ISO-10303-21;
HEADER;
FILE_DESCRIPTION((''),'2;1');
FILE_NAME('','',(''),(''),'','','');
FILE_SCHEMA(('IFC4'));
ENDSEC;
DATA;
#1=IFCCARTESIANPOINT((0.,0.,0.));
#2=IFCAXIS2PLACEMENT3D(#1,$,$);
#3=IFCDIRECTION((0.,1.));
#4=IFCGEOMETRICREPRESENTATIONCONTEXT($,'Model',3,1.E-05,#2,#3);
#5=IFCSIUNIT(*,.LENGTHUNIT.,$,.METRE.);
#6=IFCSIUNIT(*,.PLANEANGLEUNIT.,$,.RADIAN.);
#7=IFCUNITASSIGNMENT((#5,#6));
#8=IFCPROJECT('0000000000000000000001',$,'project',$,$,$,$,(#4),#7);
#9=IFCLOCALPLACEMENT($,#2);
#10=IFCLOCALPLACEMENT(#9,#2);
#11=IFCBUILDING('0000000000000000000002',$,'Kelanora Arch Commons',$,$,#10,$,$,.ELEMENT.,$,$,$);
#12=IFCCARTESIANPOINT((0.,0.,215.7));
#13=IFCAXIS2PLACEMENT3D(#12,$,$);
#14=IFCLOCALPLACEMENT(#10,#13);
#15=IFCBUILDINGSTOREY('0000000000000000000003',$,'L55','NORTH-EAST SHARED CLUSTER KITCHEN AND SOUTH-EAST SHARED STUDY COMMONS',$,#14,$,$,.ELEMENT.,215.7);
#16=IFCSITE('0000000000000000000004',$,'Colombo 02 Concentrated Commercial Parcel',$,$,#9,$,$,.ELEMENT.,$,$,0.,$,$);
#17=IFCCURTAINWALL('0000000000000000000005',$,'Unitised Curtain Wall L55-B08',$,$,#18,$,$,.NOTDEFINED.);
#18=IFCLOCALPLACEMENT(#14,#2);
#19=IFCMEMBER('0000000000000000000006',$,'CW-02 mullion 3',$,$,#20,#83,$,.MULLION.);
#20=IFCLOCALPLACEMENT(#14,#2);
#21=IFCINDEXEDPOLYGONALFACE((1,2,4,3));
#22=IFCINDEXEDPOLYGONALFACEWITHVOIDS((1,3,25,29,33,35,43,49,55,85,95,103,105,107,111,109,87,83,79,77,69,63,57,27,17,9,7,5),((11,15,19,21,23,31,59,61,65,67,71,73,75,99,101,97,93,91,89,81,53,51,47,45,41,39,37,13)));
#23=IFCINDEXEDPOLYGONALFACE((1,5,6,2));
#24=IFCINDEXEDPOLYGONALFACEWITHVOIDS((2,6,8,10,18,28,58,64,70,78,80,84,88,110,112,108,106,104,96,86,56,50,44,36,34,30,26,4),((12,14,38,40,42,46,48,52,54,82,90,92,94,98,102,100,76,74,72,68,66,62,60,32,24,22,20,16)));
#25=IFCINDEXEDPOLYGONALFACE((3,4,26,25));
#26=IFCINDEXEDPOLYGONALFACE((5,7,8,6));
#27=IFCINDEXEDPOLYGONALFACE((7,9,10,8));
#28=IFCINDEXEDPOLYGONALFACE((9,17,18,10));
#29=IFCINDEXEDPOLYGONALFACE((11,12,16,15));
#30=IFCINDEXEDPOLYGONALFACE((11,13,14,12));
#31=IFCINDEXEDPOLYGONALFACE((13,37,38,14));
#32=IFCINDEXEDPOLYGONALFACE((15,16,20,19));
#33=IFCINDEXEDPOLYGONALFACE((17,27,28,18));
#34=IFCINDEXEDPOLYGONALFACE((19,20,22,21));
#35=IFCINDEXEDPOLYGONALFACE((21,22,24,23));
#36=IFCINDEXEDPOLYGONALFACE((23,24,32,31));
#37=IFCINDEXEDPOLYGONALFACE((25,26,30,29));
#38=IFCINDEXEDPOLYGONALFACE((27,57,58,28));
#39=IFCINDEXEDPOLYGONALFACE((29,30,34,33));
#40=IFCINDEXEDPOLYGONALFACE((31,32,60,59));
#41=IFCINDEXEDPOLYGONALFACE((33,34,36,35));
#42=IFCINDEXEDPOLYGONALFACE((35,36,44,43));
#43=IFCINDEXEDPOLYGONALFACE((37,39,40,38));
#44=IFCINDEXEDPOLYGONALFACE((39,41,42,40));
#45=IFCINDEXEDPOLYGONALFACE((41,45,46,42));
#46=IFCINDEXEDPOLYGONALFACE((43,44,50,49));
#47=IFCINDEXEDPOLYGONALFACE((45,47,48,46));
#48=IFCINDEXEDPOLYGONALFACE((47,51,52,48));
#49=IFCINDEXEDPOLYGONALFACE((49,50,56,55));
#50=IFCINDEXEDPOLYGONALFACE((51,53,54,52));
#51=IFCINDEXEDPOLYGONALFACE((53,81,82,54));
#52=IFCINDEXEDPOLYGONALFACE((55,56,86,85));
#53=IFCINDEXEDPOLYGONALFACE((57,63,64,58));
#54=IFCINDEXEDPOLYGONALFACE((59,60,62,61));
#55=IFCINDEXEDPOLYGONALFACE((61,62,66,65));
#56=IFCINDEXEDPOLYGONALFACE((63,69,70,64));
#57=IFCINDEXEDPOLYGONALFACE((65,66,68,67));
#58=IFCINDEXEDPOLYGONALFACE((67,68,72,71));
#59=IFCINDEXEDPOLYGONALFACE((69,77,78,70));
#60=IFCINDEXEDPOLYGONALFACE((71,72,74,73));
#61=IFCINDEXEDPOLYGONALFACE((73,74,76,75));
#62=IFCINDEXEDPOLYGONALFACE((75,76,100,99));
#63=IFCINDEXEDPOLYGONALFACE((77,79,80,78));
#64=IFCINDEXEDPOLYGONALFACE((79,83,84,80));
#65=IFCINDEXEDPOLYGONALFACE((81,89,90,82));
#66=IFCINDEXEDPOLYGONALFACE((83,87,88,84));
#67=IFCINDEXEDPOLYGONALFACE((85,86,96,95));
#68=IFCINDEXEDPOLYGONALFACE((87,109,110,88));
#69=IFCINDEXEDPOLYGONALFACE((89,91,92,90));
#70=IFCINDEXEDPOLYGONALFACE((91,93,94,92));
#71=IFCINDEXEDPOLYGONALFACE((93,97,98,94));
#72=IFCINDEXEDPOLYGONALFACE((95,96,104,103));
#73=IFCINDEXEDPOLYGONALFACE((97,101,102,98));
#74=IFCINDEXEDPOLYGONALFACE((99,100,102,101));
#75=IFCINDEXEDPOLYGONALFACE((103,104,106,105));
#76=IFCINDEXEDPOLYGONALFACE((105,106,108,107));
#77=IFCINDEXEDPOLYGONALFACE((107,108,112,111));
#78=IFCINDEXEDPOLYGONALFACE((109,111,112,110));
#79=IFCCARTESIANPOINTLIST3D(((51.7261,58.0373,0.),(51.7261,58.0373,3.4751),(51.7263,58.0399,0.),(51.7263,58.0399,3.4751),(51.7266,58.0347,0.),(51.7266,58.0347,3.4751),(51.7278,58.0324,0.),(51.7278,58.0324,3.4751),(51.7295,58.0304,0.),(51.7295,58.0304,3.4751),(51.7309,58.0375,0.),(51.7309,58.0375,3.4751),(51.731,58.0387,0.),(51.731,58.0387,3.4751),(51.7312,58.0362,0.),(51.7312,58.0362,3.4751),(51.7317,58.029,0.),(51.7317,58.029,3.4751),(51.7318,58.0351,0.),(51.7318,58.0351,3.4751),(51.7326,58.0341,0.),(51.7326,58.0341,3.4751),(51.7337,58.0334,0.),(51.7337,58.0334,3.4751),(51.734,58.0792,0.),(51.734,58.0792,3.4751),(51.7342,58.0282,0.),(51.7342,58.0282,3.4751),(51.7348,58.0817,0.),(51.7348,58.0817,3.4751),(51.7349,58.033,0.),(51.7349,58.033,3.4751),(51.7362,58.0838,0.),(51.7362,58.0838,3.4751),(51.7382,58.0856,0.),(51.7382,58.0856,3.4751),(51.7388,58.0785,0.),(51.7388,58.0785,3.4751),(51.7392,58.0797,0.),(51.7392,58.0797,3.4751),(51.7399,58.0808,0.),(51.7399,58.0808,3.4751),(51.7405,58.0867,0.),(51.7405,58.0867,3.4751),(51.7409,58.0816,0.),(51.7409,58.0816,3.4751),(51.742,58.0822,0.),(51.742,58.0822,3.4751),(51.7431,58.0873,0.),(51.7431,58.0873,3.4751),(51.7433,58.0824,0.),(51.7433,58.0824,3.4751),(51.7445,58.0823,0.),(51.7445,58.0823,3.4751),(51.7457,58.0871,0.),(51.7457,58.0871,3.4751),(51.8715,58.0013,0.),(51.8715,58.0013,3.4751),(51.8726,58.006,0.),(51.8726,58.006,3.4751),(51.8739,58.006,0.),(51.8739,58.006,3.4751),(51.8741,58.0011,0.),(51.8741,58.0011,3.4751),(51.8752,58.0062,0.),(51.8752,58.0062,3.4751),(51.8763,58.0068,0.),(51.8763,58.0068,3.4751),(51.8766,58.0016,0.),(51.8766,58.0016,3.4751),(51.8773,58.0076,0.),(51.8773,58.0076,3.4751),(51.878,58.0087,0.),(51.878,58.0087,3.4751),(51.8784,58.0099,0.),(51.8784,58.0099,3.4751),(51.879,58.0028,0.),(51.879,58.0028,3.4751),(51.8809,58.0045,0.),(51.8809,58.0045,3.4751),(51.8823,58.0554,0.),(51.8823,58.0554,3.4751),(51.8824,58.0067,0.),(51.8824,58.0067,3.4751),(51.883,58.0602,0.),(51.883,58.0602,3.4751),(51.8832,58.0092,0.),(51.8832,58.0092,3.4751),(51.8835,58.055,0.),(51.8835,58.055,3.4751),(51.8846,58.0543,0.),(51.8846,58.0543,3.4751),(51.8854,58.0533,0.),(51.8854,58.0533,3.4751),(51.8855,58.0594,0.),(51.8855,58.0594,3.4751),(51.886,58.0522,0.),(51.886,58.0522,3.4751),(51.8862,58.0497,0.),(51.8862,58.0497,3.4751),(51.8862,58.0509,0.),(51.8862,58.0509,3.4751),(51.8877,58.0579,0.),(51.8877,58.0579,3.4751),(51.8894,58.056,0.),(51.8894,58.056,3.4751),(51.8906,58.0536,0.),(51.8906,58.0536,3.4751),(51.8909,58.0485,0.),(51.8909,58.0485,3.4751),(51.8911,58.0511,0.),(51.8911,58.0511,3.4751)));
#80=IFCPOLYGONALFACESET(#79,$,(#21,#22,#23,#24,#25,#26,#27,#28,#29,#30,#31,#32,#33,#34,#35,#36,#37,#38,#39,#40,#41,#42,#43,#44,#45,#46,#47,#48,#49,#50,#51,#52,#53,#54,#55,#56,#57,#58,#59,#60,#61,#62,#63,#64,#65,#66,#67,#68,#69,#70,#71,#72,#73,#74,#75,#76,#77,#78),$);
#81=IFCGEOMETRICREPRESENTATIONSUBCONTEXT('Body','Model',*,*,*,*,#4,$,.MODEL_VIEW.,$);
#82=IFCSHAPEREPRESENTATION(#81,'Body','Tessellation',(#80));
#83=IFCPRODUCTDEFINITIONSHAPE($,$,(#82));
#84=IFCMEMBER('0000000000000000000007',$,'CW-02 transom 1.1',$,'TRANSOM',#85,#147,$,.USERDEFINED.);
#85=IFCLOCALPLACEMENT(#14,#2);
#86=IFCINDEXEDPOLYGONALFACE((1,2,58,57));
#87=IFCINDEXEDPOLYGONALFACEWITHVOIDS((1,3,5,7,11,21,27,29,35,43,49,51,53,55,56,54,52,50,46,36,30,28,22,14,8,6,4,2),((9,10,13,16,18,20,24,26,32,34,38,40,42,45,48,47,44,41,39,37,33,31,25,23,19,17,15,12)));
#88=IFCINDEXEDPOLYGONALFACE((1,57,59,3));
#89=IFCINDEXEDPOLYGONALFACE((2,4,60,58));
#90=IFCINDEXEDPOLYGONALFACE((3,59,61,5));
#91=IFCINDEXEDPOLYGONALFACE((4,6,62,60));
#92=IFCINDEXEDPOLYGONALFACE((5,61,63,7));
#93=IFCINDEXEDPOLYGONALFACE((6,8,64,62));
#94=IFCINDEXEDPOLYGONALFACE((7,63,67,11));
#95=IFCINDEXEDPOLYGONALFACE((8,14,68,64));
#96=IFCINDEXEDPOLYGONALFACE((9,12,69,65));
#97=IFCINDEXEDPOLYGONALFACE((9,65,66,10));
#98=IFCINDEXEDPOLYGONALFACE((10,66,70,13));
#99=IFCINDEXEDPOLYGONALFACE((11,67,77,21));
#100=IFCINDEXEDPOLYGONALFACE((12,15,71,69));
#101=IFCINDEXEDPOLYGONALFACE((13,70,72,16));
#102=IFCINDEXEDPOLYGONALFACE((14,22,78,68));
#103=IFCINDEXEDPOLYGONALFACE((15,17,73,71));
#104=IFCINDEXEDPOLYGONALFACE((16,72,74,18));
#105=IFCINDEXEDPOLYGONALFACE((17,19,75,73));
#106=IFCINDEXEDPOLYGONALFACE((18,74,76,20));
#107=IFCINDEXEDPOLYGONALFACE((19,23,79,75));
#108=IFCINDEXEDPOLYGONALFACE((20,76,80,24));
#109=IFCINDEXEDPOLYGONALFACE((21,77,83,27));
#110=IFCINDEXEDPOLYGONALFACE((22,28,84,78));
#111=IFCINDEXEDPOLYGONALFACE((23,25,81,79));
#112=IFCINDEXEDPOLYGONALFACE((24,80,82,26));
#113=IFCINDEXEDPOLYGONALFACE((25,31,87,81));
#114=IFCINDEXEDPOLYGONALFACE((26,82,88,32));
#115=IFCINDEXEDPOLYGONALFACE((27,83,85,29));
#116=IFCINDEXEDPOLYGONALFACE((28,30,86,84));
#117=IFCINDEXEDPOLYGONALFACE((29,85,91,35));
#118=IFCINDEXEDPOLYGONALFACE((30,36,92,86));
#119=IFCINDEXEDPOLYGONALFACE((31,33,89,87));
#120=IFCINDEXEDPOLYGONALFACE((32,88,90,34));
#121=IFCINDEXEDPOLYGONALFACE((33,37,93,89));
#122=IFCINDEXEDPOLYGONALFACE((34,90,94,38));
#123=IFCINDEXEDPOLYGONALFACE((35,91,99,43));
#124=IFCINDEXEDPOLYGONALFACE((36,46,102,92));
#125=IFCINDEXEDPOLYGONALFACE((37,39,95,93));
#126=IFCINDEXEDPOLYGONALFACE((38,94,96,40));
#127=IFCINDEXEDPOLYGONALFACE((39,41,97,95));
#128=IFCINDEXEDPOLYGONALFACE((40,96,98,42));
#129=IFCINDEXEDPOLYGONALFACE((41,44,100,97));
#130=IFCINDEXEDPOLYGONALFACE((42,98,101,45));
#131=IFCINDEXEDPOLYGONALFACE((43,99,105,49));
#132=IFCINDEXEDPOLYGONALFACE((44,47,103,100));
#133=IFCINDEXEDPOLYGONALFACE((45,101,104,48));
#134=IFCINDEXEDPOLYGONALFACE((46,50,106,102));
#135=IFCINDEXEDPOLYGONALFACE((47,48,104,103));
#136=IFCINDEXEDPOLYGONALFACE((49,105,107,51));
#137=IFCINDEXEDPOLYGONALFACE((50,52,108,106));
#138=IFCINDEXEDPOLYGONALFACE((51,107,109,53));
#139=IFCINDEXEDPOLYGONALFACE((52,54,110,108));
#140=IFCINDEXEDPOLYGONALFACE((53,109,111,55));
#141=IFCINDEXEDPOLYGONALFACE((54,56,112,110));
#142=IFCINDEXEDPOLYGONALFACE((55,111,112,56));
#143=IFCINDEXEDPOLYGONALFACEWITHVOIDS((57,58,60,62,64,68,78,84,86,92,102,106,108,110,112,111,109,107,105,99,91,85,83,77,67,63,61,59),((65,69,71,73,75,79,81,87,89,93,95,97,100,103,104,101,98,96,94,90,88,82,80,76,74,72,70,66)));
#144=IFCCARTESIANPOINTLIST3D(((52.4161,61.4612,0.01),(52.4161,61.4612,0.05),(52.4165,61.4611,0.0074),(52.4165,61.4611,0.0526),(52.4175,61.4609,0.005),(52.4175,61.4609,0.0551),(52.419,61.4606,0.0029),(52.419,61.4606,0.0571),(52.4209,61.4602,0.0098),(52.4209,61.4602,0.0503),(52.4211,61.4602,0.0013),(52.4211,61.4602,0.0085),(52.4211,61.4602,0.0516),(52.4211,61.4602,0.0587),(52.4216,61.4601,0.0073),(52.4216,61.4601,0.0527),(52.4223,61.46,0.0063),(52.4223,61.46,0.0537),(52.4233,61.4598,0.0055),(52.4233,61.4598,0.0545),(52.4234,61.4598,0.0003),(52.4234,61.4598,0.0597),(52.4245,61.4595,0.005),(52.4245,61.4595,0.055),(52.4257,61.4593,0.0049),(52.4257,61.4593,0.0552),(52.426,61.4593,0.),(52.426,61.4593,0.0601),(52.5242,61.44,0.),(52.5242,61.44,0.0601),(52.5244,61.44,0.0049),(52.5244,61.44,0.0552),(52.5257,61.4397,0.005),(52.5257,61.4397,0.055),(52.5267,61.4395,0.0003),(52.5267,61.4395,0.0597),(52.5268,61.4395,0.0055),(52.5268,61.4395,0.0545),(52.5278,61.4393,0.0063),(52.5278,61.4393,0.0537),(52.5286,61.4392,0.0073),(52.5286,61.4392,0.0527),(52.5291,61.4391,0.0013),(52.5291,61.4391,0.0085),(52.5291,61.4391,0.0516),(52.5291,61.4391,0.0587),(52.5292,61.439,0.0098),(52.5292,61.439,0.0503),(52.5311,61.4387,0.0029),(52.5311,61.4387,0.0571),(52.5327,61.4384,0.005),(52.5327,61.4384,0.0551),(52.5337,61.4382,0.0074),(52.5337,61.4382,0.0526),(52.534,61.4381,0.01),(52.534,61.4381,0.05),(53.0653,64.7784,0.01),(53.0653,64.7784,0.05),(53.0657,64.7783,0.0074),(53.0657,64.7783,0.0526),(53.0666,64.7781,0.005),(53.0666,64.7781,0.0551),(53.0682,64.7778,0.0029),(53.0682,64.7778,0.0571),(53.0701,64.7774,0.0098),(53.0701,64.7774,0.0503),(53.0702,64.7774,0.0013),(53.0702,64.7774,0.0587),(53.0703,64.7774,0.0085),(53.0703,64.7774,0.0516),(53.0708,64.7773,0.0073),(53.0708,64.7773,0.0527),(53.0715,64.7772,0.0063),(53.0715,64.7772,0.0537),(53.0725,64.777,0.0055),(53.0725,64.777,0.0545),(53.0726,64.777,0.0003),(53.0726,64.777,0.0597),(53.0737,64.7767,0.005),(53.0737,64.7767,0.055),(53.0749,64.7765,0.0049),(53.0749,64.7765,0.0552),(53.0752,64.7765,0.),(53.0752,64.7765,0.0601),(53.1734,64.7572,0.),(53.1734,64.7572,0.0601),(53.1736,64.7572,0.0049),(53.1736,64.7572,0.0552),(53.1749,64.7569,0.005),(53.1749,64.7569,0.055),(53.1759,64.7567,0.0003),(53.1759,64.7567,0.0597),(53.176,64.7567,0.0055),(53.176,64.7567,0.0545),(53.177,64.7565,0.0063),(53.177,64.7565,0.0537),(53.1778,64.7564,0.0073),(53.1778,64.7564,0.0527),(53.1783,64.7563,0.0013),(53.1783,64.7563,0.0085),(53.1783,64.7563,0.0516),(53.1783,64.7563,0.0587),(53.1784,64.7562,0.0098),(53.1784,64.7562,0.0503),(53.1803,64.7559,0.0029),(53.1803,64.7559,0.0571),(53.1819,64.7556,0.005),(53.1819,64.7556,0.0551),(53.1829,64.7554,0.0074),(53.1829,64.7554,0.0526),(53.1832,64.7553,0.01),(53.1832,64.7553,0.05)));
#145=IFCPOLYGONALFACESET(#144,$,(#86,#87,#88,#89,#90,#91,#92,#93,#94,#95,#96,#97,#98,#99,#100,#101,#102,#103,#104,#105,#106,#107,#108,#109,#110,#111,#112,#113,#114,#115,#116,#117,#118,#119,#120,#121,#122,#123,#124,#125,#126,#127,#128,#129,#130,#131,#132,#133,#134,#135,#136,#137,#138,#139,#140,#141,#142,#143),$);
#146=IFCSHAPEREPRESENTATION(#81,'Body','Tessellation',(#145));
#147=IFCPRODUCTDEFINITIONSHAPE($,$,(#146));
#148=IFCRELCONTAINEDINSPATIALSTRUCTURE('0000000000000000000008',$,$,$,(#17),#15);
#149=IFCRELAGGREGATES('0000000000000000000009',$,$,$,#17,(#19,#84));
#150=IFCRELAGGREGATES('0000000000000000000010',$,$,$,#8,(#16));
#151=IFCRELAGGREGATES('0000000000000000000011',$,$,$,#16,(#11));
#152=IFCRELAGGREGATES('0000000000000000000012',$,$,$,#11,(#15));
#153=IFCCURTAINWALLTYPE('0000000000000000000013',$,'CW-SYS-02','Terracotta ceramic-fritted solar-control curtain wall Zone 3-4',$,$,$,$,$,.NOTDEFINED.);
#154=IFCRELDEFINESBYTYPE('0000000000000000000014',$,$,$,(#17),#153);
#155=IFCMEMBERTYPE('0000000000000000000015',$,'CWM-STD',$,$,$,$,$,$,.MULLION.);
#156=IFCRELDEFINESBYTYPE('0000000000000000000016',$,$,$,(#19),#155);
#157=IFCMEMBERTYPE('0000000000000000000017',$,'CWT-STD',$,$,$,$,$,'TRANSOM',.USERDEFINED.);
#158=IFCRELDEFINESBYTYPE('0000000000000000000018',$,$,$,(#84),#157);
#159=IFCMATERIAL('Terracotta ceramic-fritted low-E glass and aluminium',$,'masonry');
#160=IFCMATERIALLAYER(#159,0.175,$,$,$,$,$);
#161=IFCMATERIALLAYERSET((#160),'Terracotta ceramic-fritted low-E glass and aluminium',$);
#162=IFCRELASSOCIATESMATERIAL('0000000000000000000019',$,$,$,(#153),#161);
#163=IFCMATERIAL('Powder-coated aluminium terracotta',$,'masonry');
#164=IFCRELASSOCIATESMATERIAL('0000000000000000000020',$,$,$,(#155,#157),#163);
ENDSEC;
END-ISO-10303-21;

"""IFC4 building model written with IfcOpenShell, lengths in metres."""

from ifc_helpers import new_model, si_unit, direction, frame, origin, origin_2d, place, context, subcontext, project, spatial, hollow_rectangle, extrude, material, layer, layer_set, material_profile, profile_set, type_object, element, aggregate, save


model = new_model("IFC4")

# Units and contexts
model_context = context("Model", 3, precision=1e-05, world=origin(), true_north=direction((0.0, 1.0)))
body_context = subcontext(model_context, "Body", "Model", "MODEL_VIEW")
ifc_project = project(units=[si_unit("LENGTHUNIT", "METRE"), si_unit("PLANEANGLEUNIT", "RADIAN")], contexts=[model_context])

# Site, building, storey
site_placement = place(None, origin())
site = spatial("IfcSite", under=ifc_project, at=site_placement, Name="Colombo 02 Concentrated Commercial Parcel", CompositionType="ELEMENT", RefElevation=0.0)
building_placement = place(site_placement, origin())
building = spatial("IfcBuilding", under=site, at=building_placement, Name="Kelanora Arch Commons", CompositionType="ELEMENT")
storey_placement = place(building_placement, frame((0.0, 0.0, 215.7)))
storey = spatial("IfcBuildingStorey", under=building, at=storey_placement, Name="L55", Description="NORTH-EAST SHARED CLUSTER KITCHEN AND SOUTH-EAST SHARED STUDY COMMONS", CompositionType="ELEMENT", Elevation=215.7)

# Curtain wall, members
ifc_material_1 = material(Name="Terracotta ceramic-fritted low-E glass and aluminium", Category="masonry")
ifc_layer_1 = layer(ifc_material_1, 0.175)
ifc_layer_set_1 = layer_set([ifc_layer_1], Name="Terracotta ceramic-fritted low-E glass and aluminium")
curtain_wall_type = type_object("IfcCurtainWallType", Name="CW-SYS-02", Description="Terracotta ceramic-fritted solar-control curtain wall Zone 3-4", PredefinedType="NOTDEFINED", material=ifc_layer_set_1)
curtain_wall_placement = place(storey_placement, origin())
curtain_wall = element("IfcCurtainWall", 1, at=curtain_wall_placement, inside=storey, type_object=curtain_wall_type, Name="Unitised Curtain Wall L55-B08", PredefinedType="NOTDEFINED")
ifc_material_2 = material(Name="Powder-coated aluminium terracotta", Category="masonry")
ifc_material_profile_1 = material_profile(ifc_material_2, hollow_rectangle(XDim=0.1599, YDim=0.0601, WallThickness=0.0049, InnerFilletRadius=0.0049, OuterFilletRadius=0.01, at=origin_2d()), Name="CWM160x60")
ifc_profile_set_1 = profile_set([ifc_material_profile_1], Name="Powder-coated aluminium terracotta")
member_type_1 = type_object("IfcMemberType", Name="CWM-STD", PredefinedType="MULLION", material=ifc_profile_set_1)
member_1_placement = place(storey_placement, frame((51.8086, 58.0442, 0.0), z_axis=(0.0, 0.0, 1.0), x_axis=(0.981381, -0.192069, 0.0)))
member_1 = element("IfcMember", 2, at=member_1_placement, type_object=member_type_1, Name="CW-02 mullion 3", PredefinedType="MULLION", context=body_context, shape_type="SweptSolid", body=[
    extrude(hollow_rectangle(XDim=0.1599, YDim=0.0601, WallThickness=0.0049, InnerFilletRadius=0.0049, OuterFilletRadius=0.01, at=origin_2d()), origin(), (0.0, 0.0, 1.0), 3.4751),
])
ifc_material_profile_2 = material_profile(ifc_material_2, hollow_rectangle(XDim=0.1201, YDim=0.0601, WallThickness=0.0049, InnerFilletRadius=0.0049, OuterFilletRadius=0.01, at=origin_2d()), Name="CWT120x60")
ifc_profile_set_2 = profile_set([ifc_material_profile_2], Name="Powder-coated aluminium terracotta")
member_type_2 = type_object("IfcMemberType", Name="CWT-STD", ElementType="TRANSOM", PredefinedType="USERDEFINED", material=ifc_profile_set_2)
member_2_placement = place(storey_placement, frame((53.1243, 64.7668, 0.03), z_axis=(-0.192058, -0.981383, 0.0), x_axis=(0.981383, -0.192058, 0.0)))
member_2 = element("IfcMember", 3, at=member_2_placement, type_object=member_type_2, Name="CW-02 transom 1.1", ObjectType="TRANSOM", PredefinedType="USERDEFINED", context=body_context, shape_type="SweptSolid", body=[
    extrude(hollow_rectangle(XDim=0.1201, YDim=0.0601, WallThickness=0.0049, InnerFilletRadius=0.0049, OuterFilletRadius=0.01, at=origin_2d()), origin(), (0.0, 0.0, 1.0), 3.3801),
])
aggregate(curtain_wall, [member_1, member_2])

save(model, "model.ifc")
